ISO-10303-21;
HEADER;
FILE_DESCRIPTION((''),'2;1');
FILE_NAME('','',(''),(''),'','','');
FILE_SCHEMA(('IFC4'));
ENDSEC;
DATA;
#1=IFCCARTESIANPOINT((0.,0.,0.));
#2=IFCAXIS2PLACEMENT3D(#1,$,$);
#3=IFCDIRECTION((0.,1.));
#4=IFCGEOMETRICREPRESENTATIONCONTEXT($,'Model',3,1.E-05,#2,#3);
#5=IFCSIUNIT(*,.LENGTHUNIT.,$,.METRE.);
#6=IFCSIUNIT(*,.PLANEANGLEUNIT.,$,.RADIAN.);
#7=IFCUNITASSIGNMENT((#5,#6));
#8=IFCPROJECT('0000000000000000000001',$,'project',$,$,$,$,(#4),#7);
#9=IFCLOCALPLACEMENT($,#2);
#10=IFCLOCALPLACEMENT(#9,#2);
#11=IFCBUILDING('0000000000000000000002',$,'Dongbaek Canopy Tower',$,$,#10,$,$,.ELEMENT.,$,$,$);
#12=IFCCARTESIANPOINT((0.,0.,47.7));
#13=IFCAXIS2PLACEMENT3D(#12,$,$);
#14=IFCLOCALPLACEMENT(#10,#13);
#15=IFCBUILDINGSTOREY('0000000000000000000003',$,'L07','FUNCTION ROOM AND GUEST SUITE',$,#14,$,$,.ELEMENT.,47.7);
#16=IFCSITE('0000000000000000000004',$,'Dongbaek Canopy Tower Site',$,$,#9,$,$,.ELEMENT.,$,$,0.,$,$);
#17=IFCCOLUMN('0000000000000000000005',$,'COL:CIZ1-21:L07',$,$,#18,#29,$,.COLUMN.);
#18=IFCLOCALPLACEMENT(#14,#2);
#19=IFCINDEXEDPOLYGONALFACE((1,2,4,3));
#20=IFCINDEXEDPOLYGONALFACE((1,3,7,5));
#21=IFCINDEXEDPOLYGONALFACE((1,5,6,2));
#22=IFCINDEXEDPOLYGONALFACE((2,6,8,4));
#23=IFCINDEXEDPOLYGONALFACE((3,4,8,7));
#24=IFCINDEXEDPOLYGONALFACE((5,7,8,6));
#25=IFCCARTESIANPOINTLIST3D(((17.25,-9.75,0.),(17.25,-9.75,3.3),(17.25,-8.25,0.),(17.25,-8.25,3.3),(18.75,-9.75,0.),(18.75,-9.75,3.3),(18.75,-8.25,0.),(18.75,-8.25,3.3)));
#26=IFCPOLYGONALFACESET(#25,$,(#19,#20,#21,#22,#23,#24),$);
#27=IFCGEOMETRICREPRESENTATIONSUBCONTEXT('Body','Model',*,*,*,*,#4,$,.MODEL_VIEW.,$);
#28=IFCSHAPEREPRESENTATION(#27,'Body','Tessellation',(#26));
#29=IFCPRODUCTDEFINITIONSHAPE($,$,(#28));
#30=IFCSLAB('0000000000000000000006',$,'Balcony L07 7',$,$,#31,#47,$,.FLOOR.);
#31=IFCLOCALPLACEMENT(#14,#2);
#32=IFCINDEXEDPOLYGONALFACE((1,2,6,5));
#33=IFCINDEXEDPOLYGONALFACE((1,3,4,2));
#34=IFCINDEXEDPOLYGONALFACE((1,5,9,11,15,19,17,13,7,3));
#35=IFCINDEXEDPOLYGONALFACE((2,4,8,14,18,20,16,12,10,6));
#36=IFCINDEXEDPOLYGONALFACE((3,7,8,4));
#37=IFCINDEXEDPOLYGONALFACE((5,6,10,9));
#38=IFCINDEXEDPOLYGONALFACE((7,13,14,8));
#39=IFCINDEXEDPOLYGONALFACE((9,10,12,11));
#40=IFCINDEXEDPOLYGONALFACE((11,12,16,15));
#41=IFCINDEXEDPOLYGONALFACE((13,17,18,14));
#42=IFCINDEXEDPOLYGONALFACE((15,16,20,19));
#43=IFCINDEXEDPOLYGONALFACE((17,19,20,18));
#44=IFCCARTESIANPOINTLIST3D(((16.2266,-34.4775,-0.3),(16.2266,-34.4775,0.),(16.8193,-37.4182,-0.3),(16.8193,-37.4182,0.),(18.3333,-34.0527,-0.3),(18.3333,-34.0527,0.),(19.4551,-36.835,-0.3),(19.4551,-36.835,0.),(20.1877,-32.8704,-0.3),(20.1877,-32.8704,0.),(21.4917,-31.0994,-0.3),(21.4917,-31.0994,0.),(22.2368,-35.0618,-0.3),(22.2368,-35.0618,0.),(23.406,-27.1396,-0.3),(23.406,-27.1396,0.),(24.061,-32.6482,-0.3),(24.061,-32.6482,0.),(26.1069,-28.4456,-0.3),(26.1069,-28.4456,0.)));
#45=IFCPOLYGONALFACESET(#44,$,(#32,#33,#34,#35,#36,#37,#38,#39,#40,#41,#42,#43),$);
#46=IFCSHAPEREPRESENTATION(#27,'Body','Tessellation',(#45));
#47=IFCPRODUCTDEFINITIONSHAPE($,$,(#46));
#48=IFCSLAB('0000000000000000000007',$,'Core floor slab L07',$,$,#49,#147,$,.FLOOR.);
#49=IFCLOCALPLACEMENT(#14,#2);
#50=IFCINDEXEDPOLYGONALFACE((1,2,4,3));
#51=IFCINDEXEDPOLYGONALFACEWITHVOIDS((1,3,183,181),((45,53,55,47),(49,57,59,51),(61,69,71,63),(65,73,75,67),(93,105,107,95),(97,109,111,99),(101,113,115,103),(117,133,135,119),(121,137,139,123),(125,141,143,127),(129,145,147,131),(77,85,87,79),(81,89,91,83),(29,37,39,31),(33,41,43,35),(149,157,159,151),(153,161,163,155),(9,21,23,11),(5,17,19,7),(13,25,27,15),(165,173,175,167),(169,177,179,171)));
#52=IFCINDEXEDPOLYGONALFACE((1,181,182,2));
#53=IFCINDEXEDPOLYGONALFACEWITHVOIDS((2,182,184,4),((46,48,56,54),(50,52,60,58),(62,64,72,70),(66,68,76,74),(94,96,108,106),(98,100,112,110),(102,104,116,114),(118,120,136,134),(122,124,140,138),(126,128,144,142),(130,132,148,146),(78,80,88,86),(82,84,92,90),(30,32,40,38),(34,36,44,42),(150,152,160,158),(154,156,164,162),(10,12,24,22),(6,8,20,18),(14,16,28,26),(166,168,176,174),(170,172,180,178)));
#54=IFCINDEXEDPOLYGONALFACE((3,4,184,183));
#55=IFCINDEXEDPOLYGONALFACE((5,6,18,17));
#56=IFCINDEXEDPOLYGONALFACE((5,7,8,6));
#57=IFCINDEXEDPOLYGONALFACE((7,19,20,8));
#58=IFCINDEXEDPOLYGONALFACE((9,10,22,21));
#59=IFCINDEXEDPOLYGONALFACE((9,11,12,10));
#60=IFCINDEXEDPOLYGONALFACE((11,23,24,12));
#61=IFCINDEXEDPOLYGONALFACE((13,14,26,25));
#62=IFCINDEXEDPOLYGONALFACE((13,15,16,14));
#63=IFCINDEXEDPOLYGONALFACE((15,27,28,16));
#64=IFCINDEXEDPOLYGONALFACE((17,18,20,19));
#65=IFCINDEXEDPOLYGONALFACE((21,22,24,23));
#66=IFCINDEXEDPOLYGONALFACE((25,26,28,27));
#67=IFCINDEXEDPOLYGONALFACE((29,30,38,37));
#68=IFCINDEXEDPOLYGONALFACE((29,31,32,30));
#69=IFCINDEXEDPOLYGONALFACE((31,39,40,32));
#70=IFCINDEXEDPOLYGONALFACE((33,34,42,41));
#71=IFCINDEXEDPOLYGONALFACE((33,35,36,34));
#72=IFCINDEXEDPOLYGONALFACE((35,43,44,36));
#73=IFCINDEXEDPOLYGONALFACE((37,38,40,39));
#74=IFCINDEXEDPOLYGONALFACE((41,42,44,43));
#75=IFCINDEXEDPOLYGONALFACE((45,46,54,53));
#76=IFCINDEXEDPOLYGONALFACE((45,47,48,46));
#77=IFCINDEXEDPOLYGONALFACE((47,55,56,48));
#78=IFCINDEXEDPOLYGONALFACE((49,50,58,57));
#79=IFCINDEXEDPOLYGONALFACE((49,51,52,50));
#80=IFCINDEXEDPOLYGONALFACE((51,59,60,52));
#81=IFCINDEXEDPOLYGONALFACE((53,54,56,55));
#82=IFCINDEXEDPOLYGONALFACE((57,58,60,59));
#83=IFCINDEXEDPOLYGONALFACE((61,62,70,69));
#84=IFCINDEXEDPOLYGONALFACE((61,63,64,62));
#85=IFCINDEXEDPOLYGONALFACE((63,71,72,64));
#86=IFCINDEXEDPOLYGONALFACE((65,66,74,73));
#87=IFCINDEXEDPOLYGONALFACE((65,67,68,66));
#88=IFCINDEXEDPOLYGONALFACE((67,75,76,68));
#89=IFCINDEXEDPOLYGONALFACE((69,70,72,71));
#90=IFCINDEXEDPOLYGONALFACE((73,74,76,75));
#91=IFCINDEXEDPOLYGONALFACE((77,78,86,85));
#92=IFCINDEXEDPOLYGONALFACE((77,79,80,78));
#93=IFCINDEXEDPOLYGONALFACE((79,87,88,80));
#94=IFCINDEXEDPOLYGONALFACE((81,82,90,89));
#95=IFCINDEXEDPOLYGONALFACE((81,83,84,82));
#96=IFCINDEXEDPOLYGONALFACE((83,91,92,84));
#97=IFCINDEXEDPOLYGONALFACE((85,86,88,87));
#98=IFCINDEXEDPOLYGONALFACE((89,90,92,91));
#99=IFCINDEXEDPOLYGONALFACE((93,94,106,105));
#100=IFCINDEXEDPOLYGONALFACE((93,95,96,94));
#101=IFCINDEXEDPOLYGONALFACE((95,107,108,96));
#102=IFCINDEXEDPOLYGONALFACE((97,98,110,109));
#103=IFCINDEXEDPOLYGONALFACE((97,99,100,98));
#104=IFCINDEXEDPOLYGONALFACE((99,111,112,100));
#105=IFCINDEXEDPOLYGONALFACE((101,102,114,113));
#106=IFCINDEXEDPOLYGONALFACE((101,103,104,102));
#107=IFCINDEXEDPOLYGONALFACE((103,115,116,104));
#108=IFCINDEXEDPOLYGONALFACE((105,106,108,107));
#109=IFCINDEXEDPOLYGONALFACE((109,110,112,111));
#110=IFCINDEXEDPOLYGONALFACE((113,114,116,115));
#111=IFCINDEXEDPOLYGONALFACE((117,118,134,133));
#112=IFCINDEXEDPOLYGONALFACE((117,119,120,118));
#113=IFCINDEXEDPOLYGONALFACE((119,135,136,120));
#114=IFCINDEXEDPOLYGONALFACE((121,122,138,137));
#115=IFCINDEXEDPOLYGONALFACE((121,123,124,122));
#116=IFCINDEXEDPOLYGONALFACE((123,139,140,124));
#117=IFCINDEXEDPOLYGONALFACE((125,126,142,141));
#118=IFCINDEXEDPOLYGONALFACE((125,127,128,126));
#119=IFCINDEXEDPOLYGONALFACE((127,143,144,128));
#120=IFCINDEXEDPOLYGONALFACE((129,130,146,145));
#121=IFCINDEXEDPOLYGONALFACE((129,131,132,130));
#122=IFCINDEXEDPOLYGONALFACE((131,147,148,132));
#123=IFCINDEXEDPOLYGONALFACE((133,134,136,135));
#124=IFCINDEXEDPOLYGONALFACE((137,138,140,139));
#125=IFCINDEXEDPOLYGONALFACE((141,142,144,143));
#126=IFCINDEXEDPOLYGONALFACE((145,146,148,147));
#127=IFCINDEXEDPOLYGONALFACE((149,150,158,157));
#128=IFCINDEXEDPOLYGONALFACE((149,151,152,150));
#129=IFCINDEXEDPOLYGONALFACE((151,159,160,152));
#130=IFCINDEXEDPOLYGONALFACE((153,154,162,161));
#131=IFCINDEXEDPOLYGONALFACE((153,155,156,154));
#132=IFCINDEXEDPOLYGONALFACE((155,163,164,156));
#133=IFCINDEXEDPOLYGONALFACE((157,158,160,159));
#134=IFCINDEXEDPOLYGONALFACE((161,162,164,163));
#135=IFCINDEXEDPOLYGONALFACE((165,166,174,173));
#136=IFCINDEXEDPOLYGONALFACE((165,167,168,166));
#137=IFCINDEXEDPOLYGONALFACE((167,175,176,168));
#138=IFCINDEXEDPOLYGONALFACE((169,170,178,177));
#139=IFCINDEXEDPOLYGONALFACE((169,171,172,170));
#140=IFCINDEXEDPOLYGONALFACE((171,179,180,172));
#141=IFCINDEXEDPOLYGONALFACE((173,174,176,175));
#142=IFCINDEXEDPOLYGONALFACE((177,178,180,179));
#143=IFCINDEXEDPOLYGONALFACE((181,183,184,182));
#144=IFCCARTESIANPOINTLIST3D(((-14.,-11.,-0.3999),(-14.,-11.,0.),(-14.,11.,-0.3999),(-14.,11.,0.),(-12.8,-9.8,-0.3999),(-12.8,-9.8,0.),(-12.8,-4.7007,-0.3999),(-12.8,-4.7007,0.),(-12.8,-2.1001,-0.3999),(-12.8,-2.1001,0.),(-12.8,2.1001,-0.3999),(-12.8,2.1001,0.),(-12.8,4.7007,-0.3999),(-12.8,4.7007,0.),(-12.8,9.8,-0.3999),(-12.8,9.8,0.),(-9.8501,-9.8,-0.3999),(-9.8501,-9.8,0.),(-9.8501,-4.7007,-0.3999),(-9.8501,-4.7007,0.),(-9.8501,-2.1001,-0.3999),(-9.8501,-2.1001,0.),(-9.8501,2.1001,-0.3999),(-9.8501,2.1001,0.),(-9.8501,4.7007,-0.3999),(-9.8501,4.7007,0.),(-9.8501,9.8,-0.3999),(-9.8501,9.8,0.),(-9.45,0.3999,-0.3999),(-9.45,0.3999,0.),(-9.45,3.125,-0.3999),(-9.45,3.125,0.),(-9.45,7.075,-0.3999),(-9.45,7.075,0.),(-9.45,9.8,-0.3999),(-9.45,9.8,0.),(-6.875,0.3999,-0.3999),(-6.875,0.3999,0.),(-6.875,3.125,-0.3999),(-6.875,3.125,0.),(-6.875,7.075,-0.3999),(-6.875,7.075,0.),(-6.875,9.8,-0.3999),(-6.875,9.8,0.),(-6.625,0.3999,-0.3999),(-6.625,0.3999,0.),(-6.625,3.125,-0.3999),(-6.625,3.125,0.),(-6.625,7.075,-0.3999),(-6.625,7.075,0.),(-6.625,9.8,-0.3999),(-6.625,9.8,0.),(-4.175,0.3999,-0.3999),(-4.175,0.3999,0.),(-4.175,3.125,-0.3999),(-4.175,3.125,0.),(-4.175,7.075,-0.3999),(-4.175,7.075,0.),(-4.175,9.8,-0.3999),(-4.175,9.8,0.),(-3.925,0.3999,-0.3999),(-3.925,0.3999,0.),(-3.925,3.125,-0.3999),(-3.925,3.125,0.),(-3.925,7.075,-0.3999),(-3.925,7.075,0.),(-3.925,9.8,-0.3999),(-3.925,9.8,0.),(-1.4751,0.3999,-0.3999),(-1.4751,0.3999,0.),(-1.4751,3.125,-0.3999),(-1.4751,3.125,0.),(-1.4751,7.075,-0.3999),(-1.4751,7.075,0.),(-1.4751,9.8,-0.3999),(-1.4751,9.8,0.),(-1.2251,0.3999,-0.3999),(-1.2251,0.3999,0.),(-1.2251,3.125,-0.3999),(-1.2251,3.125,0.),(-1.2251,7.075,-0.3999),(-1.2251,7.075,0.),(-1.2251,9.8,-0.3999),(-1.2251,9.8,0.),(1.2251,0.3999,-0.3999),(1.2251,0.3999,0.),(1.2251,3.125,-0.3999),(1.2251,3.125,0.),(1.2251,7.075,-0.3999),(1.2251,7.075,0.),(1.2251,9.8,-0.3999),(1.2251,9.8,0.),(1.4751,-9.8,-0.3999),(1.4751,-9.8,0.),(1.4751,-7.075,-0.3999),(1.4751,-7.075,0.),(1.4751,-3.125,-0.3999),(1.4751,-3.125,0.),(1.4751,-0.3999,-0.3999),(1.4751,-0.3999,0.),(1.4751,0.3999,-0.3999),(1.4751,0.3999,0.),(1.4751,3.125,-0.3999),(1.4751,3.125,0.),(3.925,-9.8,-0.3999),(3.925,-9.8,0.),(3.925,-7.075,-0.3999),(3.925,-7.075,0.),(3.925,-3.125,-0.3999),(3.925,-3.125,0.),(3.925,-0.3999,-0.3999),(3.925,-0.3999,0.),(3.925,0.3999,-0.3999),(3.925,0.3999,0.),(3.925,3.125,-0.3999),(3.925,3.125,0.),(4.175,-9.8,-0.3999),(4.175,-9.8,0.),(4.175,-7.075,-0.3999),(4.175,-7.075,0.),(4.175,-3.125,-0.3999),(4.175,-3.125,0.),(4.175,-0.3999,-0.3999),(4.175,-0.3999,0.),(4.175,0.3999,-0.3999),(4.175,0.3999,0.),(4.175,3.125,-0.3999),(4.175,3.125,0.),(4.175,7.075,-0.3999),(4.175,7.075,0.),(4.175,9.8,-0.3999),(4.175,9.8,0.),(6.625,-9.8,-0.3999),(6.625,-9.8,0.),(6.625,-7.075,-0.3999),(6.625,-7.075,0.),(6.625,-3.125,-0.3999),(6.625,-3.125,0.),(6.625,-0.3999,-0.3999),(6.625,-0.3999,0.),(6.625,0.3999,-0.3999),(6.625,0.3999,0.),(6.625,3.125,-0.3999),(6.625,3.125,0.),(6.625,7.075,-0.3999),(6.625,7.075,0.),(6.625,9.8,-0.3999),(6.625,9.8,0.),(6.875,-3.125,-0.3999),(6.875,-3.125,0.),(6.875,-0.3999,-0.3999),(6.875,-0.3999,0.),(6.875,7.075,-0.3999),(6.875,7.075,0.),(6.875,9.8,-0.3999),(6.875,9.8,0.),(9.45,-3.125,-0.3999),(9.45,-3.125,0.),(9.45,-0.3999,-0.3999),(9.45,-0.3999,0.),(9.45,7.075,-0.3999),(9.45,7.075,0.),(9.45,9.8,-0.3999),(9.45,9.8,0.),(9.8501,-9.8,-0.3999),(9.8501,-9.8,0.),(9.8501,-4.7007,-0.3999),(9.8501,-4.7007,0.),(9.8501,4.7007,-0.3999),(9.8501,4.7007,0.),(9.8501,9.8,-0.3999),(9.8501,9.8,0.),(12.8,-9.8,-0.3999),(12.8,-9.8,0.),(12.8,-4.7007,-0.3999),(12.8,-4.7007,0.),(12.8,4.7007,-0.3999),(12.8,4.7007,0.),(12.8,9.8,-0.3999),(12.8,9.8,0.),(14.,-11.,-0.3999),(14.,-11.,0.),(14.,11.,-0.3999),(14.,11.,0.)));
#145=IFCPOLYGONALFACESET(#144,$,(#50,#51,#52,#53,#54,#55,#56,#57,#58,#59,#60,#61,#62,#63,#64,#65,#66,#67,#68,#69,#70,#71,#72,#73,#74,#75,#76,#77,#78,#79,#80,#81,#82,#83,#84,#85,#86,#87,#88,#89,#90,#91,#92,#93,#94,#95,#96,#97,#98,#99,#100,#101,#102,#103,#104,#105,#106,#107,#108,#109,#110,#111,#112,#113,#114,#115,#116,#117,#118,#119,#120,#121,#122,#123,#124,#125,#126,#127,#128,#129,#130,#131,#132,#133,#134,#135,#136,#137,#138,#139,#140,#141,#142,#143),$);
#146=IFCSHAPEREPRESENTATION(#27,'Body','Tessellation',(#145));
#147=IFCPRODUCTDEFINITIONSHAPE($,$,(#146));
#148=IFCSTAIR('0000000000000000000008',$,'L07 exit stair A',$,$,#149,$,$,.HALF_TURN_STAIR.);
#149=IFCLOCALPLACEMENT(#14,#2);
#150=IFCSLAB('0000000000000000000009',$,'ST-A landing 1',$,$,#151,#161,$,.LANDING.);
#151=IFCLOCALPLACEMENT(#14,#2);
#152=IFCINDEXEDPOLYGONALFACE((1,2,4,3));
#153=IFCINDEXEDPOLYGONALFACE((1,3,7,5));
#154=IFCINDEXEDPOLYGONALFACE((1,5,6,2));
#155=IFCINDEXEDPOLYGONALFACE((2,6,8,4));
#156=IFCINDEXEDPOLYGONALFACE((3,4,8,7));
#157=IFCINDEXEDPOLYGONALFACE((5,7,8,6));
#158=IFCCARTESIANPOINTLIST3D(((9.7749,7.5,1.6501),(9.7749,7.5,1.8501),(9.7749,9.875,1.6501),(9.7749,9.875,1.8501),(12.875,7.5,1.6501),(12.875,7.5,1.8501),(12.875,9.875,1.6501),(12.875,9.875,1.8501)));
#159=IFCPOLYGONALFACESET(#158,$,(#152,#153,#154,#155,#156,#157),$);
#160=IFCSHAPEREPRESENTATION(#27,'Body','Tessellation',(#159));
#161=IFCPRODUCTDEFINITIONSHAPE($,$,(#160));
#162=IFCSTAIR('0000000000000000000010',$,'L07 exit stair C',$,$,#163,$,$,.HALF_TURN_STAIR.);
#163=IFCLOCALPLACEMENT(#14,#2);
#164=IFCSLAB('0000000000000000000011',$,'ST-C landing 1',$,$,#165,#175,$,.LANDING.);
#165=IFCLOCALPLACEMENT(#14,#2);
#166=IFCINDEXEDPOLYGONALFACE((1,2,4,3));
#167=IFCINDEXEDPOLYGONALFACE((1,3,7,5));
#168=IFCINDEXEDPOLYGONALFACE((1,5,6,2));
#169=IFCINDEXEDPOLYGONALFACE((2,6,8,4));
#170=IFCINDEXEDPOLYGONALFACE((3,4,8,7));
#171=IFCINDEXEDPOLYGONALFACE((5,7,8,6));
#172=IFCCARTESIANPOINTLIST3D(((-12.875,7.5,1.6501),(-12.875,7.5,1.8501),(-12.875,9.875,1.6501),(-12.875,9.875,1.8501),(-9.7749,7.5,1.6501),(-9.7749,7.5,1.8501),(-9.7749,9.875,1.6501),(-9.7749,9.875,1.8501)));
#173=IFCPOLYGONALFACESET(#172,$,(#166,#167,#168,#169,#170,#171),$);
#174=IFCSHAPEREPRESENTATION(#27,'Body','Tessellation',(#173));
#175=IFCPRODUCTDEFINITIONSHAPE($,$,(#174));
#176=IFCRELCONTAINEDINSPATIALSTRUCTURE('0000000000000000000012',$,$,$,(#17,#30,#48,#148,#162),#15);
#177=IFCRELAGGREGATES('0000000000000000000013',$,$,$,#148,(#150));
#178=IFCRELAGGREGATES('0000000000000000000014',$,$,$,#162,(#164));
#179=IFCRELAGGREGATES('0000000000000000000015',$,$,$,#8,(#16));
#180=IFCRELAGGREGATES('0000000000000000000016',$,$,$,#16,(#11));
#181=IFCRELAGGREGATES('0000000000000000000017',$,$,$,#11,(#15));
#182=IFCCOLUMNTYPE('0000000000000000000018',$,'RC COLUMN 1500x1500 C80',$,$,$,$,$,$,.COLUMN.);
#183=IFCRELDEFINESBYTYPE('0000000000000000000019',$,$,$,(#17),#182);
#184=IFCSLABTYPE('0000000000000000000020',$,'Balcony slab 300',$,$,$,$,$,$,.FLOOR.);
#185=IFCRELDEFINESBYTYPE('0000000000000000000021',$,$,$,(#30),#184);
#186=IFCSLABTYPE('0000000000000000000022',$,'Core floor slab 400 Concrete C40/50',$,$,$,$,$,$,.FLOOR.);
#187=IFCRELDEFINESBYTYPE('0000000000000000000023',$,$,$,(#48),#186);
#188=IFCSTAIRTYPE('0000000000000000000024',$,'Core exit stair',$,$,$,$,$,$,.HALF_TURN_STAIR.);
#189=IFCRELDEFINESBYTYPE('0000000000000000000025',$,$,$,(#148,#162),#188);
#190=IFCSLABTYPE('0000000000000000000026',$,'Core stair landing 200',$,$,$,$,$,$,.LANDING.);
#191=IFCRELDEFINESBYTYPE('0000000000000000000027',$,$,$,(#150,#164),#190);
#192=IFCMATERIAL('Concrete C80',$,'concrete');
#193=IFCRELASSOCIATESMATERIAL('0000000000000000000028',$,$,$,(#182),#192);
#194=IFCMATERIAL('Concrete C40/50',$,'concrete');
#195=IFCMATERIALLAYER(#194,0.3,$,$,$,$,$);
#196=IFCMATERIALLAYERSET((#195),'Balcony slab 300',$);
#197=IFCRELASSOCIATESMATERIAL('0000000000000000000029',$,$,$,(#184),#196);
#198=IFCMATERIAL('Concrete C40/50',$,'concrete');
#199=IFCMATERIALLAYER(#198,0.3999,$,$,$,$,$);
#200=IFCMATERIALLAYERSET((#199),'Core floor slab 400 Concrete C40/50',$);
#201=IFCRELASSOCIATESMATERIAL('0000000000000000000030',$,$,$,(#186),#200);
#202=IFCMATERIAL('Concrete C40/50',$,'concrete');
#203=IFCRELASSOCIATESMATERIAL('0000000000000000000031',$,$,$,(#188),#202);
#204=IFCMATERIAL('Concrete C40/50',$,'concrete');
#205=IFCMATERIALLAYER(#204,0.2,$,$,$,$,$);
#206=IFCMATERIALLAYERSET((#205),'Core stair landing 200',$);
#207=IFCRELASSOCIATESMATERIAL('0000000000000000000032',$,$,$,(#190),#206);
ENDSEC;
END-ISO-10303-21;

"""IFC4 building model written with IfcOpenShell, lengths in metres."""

from ifc_helpers import new_model, si_unit, direction, frame, origin, origin_2d, place, context, subcontext, project, spatial, polyline, rectangle, outline, extrude, material, layer, layer_set, material_profile, profile_set, type_object, element, aggregate, save


model = new_model("IFC4")

# Units and contexts
model_context = context("Model", 3, precision=1e-05, world=origin(), true_north=direction((0.0, 1.0)))
body_context = subcontext(model_context, "Body", "Model", "MODEL_VIEW")
ifc_project = project(units=[si_unit("LENGTHUNIT", "METRE"), si_unit("PLANEANGLEUNIT", "RADIAN")], contexts=[model_context])

# Site, building, storey
site_placement = place(None, origin())
site = spatial("IfcSite", under=ifc_project, at=site_placement, Name="Dongbaek Canopy Tower Site", CompositionType="ELEMENT", RefElevation=0.0)
building_placement = place(site_placement, origin())
building = spatial("IfcBuilding", under=site, at=building_placement, Name="Dongbaek Canopy Tower", CompositionType="ELEMENT")
storey_placement = place(building_placement, frame((0.0, 0.0, 47.7)))
storey = spatial("IfcBuildingStorey", under=building, at=storey_placement, Name="L07", Description="FUNCTION ROOM AND GUEST SUITE", CompositionType="ELEMENT", Elevation=47.7)

# Column
ifc_material_1 = material(Name="Concrete C80", Category="concrete")
ifc_material_profile = material_profile(ifc_material_1, rectangle(XDim=1.5, YDim=1.5, at=origin_2d()), Name="RC COLUMN 1500x1500 C80")
ifc_profile_set = profile_set([ifc_material_profile], Name="Concrete C80")
column_type = type_object("IfcColumnType", Name="RC COLUMN 1500x1500 C80", PredefinedType="COLUMN", material=ifc_profile_set)
column_placement = place(storey_placement, frame((18.0, -9.0, 0.0), z_axis=(0.0, 0.0, 1.0), x_axis=(1.0, 0.0, 0.0)))
element("IfcColumn", 1, at=column_placement, inside=storey, type_object=column_type, Name="COL:CIZ1-21:L07", PredefinedType="COLUMN", context=body_context, shape_type="SweptSolid", body=[
    extrude(rectangle(XDim=1.5, YDim=1.5, at=origin_2d()), origin(), (0.0, 0.0, 1.0), 3.3),
])

# Slabs
ifc_material_2 = material(Name="Concrete C40/50", Category="concrete")
ifc_layer_1 = layer(ifc_material_2, 0.3)
ifc_layer_set_1 = layer_set([ifc_layer_1], Name="Balcony slab 300")
slab_type_1 = type_object("IfcSlabType", Name="Balcony slab 300", PredefinedType="FLOOR", material=ifc_layer_set_1)
slab_1_placement = place(storey_placement, frame((0.0, 0.0, -0.3)))
element("IfcSlab", 2, at=slab_1_placement, inside=storey, type_object=slab_type_1, Name="Balcony L07 7", PredefinedType="FLOOR", context=body_context, shape_type="SweptSolid", body=[
    extrude(outline(polyline([(16.2266, -34.4775), (18.3333, -34.0527), (20.1877, -32.8704), (21.4917, -31.0994), (23.406, -27.1396), (26.1069, -28.4456), (24.061, -32.6482), (22.2368, -35.0618), (19.4551, -36.835), (16.8193, -37.4182), (16.2266, -34.4775)])), origin(), (0.0, 0.0, 1.0), 0.3),
])
ifc_material_3 = material(Name="Concrete C40/50", Category="concrete")
ifc_layer_2 = layer(ifc_material_3, 0.3999)
ifc_layer_set_2 = layer_set([ifc_layer_2], Name="Core floor slab 400 Concrete C40/50")
slab_type_2 = type_object("IfcSlabType", Name="Core floor slab 400 Concrete C40/50", PredefinedType="FLOOR", material=ifc_layer_set_2)
slab_2_placement = place(storey_placement, frame((0.0, 0.0, -0.3999)))
element("IfcSlab", 3, at=slab_2_placement, inside=storey, type_object=slab_type_2, Name="Core floor slab L07", PredefinedType="FLOOR", context=body_context, shape_type="SweptSolid", body=[
    extrude(outline(polyline([(14.0, -11.0), (14.0, 11.0), (-14.0, 11.0), (-14.0, -11.0), (14.0, -11.0)]), holes=[polyline([(-12.8, 2.1001), (-9.8501, 2.1001), (-9.8501, -2.1001), (-12.8, -2.1001), (-12.8, 2.1001)]), polyline([(-6.875, 9.8), (-6.875, 7.075), (-9.45, 7.075), (-9.45, 9.8), (-6.875, 9.8)]), polyline([(-4.175, 9.8), (-4.175, 7.075), (-6.625, 7.075), (-6.625, 9.8), (-4.175, 9.8)]), polyline([(-1.4751, 9.8), (-1.4751, 7.075), (-3.925, 7.075), (-3.925, 9.8), (-1.4751, 9.8)]), polyline([(1.2251, 9.8), (1.2251, 7.075), (-1.2251, 7.075), (-1.2251, 9.8), (1.2251, 9.8)]), polyline([(6.625, 9.8), (6.625, 7.075), (4.175, 7.075), (4.175, 9.8), (6.625, 9.8)]), polyline([(9.45, 7.075), (6.875, 7.075), (6.875, 9.8), (9.45, 9.8), (9.45, 7.075)]), polyline([(-9.45, 3.125), (-6.875, 3.125), (-6.875, 0.3999), (-9.45, 0.3999), (-9.45, 3.125)]), polyline([(-6.625, 3.125), (-4.175, 3.125), (-4.175, 0.3999), (-6.625, 0.3999), (-6.625, 3.125)]), polyline([(-3.925, 3.125), (-1.4751, 3.125), (-1.4751, 0.3999), (-3.925, 0.3999), (-3.925, 3.125)]), polyline([(-1.2251, 3.125), (1.2251, 3.125), (1.2251, 0.3999), (-1.2251, 0.3999), (-1.2251, 3.125)]), polyline([(1.4751, 0.3999), (1.4751, 3.125), (3.925, 3.125), (3.925, 0.3999), (1.4751, 0.3999)]), polyline([(4.175, 0.3999), (4.175, 3.125), (6.625, 3.125), (6.625, 0.3999), (4.175, 0.3999)]), polyline([(3.925, -0.3999), (3.925, -3.125), (1.4751, -3.125), (1.4751, -0.3999), (3.925, -0.3999)]), polyline([(6.625, -0.3999), (6.625, -3.125), (4.175, -3.125), (4.175, -0.3999), (6.625, -0.3999)]), polyline([(9.45, -3.125), (6.875, -3.125), (6.875, -0.3999), (9.45, -0.3999), (9.45, -3.125)]), polyline([(1.4751, -9.8), (1.4751, -7.075), (3.925, -7.075), (3.925, -9.8), (1.4751, -9.8)]), polyline([(4.175, -9.8), (4.175, -7.075), (6.625, -7.075), (6.625, -9.8), (4.175, -9.8)]), polyline([(12.8, 4.7007), (12.8, 9.8), (9.8501, 9.8), (9.8501, 4.7007), (12.8, 4.7007)]), polyline([(-9.8501, 4.7007), (-9.8501, 9.8), (-12.8, 9.8), (-12.8, 4.7007), (-9.8501, 4.7007)]), polyline([(9.8501, -4.7007), (9.8501, -9.8), (12.8, -9.8), (12.8, -4.7007), (9.8501, -4.7007)]), polyline([(-12.8, -4.7007), (-12.8, -9.8), (-9.8501, -9.8), (-9.8501, -4.7007), (-12.8, -4.7007)])]), origin(), (0.0, 0.0, 1.0), 0.3999),
])

# Stairs, slabs
ifc_material_4 = material(Name="Concrete C40/50", Category="concrete")
stair_type = type_object("IfcStairType", Name="Core exit stair", PredefinedType="HALF_TURN_STAIR", material=ifc_material_4)
stair_1_placement = place(storey_placement, origin())
stair_1 = element("IfcStair", 4, at=stair_1_placement, inside=storey, type_object=stair_type, Name="L07 exit stair A", PredefinedType="HALF_TURN_STAIR")
ifc_material_5 = material(Name="Concrete C40/50", Category="concrete")
ifc_layer_3 = layer(ifc_material_5, 0.2)
ifc_layer_set_3 = layer_set([ifc_layer_3], Name="Core stair landing 200")
slab_type_3 = type_object("IfcSlabType", Name="Core stair landing 200", PredefinedType="LANDING", material=ifc_layer_set_3)
slab_3_placement = place(storey_placement, frame((0.0, 0.0, 1.6501)))
slab_3 = element("IfcSlab", 5, at=slab_3_placement, type_object=slab_type_3, Name="ST-A landing 1", PredefinedType="LANDING", context=body_context, shape_type="SweptSolid", body=[
    extrude(outline(polyline([(12.875, 7.5), (12.875, 9.875), (9.7749, 9.875), (9.7749, 7.5), (12.875, 7.5)])), origin(), (0.0, 0.0, 1.0), 0.2),
])
aggregate(stair_1, [slab_3])
stair_2_placement = place(storey_placement, origin())
stair_2 = element("IfcStair", 6, at=stair_2_placement, inside=storey, type_object=stair_type, Name="L07 exit stair C", PredefinedType="HALF_TURN_STAIR")
slab_4_placement = place(storey_placement, frame((0.0, 0.0, 1.6501)))
slab_4 = element("IfcSlab", 7, at=slab_4_placement, type_object=slab_type_3, Name="ST-C landing 1", PredefinedType="LANDING", context=body_context, shape_type="SweptSolid", body=[
    extrude(outline(polyline([(-9.7749, 7.5), (-9.7749, 9.875), (-12.875, 9.875), (-12.875, 7.5), (-9.7749, 7.5)])), origin(), (0.0, 0.0, 1.0), 0.2),
])
aggregate(stair_2, [slab_4])

save(model, "model.ifc")
